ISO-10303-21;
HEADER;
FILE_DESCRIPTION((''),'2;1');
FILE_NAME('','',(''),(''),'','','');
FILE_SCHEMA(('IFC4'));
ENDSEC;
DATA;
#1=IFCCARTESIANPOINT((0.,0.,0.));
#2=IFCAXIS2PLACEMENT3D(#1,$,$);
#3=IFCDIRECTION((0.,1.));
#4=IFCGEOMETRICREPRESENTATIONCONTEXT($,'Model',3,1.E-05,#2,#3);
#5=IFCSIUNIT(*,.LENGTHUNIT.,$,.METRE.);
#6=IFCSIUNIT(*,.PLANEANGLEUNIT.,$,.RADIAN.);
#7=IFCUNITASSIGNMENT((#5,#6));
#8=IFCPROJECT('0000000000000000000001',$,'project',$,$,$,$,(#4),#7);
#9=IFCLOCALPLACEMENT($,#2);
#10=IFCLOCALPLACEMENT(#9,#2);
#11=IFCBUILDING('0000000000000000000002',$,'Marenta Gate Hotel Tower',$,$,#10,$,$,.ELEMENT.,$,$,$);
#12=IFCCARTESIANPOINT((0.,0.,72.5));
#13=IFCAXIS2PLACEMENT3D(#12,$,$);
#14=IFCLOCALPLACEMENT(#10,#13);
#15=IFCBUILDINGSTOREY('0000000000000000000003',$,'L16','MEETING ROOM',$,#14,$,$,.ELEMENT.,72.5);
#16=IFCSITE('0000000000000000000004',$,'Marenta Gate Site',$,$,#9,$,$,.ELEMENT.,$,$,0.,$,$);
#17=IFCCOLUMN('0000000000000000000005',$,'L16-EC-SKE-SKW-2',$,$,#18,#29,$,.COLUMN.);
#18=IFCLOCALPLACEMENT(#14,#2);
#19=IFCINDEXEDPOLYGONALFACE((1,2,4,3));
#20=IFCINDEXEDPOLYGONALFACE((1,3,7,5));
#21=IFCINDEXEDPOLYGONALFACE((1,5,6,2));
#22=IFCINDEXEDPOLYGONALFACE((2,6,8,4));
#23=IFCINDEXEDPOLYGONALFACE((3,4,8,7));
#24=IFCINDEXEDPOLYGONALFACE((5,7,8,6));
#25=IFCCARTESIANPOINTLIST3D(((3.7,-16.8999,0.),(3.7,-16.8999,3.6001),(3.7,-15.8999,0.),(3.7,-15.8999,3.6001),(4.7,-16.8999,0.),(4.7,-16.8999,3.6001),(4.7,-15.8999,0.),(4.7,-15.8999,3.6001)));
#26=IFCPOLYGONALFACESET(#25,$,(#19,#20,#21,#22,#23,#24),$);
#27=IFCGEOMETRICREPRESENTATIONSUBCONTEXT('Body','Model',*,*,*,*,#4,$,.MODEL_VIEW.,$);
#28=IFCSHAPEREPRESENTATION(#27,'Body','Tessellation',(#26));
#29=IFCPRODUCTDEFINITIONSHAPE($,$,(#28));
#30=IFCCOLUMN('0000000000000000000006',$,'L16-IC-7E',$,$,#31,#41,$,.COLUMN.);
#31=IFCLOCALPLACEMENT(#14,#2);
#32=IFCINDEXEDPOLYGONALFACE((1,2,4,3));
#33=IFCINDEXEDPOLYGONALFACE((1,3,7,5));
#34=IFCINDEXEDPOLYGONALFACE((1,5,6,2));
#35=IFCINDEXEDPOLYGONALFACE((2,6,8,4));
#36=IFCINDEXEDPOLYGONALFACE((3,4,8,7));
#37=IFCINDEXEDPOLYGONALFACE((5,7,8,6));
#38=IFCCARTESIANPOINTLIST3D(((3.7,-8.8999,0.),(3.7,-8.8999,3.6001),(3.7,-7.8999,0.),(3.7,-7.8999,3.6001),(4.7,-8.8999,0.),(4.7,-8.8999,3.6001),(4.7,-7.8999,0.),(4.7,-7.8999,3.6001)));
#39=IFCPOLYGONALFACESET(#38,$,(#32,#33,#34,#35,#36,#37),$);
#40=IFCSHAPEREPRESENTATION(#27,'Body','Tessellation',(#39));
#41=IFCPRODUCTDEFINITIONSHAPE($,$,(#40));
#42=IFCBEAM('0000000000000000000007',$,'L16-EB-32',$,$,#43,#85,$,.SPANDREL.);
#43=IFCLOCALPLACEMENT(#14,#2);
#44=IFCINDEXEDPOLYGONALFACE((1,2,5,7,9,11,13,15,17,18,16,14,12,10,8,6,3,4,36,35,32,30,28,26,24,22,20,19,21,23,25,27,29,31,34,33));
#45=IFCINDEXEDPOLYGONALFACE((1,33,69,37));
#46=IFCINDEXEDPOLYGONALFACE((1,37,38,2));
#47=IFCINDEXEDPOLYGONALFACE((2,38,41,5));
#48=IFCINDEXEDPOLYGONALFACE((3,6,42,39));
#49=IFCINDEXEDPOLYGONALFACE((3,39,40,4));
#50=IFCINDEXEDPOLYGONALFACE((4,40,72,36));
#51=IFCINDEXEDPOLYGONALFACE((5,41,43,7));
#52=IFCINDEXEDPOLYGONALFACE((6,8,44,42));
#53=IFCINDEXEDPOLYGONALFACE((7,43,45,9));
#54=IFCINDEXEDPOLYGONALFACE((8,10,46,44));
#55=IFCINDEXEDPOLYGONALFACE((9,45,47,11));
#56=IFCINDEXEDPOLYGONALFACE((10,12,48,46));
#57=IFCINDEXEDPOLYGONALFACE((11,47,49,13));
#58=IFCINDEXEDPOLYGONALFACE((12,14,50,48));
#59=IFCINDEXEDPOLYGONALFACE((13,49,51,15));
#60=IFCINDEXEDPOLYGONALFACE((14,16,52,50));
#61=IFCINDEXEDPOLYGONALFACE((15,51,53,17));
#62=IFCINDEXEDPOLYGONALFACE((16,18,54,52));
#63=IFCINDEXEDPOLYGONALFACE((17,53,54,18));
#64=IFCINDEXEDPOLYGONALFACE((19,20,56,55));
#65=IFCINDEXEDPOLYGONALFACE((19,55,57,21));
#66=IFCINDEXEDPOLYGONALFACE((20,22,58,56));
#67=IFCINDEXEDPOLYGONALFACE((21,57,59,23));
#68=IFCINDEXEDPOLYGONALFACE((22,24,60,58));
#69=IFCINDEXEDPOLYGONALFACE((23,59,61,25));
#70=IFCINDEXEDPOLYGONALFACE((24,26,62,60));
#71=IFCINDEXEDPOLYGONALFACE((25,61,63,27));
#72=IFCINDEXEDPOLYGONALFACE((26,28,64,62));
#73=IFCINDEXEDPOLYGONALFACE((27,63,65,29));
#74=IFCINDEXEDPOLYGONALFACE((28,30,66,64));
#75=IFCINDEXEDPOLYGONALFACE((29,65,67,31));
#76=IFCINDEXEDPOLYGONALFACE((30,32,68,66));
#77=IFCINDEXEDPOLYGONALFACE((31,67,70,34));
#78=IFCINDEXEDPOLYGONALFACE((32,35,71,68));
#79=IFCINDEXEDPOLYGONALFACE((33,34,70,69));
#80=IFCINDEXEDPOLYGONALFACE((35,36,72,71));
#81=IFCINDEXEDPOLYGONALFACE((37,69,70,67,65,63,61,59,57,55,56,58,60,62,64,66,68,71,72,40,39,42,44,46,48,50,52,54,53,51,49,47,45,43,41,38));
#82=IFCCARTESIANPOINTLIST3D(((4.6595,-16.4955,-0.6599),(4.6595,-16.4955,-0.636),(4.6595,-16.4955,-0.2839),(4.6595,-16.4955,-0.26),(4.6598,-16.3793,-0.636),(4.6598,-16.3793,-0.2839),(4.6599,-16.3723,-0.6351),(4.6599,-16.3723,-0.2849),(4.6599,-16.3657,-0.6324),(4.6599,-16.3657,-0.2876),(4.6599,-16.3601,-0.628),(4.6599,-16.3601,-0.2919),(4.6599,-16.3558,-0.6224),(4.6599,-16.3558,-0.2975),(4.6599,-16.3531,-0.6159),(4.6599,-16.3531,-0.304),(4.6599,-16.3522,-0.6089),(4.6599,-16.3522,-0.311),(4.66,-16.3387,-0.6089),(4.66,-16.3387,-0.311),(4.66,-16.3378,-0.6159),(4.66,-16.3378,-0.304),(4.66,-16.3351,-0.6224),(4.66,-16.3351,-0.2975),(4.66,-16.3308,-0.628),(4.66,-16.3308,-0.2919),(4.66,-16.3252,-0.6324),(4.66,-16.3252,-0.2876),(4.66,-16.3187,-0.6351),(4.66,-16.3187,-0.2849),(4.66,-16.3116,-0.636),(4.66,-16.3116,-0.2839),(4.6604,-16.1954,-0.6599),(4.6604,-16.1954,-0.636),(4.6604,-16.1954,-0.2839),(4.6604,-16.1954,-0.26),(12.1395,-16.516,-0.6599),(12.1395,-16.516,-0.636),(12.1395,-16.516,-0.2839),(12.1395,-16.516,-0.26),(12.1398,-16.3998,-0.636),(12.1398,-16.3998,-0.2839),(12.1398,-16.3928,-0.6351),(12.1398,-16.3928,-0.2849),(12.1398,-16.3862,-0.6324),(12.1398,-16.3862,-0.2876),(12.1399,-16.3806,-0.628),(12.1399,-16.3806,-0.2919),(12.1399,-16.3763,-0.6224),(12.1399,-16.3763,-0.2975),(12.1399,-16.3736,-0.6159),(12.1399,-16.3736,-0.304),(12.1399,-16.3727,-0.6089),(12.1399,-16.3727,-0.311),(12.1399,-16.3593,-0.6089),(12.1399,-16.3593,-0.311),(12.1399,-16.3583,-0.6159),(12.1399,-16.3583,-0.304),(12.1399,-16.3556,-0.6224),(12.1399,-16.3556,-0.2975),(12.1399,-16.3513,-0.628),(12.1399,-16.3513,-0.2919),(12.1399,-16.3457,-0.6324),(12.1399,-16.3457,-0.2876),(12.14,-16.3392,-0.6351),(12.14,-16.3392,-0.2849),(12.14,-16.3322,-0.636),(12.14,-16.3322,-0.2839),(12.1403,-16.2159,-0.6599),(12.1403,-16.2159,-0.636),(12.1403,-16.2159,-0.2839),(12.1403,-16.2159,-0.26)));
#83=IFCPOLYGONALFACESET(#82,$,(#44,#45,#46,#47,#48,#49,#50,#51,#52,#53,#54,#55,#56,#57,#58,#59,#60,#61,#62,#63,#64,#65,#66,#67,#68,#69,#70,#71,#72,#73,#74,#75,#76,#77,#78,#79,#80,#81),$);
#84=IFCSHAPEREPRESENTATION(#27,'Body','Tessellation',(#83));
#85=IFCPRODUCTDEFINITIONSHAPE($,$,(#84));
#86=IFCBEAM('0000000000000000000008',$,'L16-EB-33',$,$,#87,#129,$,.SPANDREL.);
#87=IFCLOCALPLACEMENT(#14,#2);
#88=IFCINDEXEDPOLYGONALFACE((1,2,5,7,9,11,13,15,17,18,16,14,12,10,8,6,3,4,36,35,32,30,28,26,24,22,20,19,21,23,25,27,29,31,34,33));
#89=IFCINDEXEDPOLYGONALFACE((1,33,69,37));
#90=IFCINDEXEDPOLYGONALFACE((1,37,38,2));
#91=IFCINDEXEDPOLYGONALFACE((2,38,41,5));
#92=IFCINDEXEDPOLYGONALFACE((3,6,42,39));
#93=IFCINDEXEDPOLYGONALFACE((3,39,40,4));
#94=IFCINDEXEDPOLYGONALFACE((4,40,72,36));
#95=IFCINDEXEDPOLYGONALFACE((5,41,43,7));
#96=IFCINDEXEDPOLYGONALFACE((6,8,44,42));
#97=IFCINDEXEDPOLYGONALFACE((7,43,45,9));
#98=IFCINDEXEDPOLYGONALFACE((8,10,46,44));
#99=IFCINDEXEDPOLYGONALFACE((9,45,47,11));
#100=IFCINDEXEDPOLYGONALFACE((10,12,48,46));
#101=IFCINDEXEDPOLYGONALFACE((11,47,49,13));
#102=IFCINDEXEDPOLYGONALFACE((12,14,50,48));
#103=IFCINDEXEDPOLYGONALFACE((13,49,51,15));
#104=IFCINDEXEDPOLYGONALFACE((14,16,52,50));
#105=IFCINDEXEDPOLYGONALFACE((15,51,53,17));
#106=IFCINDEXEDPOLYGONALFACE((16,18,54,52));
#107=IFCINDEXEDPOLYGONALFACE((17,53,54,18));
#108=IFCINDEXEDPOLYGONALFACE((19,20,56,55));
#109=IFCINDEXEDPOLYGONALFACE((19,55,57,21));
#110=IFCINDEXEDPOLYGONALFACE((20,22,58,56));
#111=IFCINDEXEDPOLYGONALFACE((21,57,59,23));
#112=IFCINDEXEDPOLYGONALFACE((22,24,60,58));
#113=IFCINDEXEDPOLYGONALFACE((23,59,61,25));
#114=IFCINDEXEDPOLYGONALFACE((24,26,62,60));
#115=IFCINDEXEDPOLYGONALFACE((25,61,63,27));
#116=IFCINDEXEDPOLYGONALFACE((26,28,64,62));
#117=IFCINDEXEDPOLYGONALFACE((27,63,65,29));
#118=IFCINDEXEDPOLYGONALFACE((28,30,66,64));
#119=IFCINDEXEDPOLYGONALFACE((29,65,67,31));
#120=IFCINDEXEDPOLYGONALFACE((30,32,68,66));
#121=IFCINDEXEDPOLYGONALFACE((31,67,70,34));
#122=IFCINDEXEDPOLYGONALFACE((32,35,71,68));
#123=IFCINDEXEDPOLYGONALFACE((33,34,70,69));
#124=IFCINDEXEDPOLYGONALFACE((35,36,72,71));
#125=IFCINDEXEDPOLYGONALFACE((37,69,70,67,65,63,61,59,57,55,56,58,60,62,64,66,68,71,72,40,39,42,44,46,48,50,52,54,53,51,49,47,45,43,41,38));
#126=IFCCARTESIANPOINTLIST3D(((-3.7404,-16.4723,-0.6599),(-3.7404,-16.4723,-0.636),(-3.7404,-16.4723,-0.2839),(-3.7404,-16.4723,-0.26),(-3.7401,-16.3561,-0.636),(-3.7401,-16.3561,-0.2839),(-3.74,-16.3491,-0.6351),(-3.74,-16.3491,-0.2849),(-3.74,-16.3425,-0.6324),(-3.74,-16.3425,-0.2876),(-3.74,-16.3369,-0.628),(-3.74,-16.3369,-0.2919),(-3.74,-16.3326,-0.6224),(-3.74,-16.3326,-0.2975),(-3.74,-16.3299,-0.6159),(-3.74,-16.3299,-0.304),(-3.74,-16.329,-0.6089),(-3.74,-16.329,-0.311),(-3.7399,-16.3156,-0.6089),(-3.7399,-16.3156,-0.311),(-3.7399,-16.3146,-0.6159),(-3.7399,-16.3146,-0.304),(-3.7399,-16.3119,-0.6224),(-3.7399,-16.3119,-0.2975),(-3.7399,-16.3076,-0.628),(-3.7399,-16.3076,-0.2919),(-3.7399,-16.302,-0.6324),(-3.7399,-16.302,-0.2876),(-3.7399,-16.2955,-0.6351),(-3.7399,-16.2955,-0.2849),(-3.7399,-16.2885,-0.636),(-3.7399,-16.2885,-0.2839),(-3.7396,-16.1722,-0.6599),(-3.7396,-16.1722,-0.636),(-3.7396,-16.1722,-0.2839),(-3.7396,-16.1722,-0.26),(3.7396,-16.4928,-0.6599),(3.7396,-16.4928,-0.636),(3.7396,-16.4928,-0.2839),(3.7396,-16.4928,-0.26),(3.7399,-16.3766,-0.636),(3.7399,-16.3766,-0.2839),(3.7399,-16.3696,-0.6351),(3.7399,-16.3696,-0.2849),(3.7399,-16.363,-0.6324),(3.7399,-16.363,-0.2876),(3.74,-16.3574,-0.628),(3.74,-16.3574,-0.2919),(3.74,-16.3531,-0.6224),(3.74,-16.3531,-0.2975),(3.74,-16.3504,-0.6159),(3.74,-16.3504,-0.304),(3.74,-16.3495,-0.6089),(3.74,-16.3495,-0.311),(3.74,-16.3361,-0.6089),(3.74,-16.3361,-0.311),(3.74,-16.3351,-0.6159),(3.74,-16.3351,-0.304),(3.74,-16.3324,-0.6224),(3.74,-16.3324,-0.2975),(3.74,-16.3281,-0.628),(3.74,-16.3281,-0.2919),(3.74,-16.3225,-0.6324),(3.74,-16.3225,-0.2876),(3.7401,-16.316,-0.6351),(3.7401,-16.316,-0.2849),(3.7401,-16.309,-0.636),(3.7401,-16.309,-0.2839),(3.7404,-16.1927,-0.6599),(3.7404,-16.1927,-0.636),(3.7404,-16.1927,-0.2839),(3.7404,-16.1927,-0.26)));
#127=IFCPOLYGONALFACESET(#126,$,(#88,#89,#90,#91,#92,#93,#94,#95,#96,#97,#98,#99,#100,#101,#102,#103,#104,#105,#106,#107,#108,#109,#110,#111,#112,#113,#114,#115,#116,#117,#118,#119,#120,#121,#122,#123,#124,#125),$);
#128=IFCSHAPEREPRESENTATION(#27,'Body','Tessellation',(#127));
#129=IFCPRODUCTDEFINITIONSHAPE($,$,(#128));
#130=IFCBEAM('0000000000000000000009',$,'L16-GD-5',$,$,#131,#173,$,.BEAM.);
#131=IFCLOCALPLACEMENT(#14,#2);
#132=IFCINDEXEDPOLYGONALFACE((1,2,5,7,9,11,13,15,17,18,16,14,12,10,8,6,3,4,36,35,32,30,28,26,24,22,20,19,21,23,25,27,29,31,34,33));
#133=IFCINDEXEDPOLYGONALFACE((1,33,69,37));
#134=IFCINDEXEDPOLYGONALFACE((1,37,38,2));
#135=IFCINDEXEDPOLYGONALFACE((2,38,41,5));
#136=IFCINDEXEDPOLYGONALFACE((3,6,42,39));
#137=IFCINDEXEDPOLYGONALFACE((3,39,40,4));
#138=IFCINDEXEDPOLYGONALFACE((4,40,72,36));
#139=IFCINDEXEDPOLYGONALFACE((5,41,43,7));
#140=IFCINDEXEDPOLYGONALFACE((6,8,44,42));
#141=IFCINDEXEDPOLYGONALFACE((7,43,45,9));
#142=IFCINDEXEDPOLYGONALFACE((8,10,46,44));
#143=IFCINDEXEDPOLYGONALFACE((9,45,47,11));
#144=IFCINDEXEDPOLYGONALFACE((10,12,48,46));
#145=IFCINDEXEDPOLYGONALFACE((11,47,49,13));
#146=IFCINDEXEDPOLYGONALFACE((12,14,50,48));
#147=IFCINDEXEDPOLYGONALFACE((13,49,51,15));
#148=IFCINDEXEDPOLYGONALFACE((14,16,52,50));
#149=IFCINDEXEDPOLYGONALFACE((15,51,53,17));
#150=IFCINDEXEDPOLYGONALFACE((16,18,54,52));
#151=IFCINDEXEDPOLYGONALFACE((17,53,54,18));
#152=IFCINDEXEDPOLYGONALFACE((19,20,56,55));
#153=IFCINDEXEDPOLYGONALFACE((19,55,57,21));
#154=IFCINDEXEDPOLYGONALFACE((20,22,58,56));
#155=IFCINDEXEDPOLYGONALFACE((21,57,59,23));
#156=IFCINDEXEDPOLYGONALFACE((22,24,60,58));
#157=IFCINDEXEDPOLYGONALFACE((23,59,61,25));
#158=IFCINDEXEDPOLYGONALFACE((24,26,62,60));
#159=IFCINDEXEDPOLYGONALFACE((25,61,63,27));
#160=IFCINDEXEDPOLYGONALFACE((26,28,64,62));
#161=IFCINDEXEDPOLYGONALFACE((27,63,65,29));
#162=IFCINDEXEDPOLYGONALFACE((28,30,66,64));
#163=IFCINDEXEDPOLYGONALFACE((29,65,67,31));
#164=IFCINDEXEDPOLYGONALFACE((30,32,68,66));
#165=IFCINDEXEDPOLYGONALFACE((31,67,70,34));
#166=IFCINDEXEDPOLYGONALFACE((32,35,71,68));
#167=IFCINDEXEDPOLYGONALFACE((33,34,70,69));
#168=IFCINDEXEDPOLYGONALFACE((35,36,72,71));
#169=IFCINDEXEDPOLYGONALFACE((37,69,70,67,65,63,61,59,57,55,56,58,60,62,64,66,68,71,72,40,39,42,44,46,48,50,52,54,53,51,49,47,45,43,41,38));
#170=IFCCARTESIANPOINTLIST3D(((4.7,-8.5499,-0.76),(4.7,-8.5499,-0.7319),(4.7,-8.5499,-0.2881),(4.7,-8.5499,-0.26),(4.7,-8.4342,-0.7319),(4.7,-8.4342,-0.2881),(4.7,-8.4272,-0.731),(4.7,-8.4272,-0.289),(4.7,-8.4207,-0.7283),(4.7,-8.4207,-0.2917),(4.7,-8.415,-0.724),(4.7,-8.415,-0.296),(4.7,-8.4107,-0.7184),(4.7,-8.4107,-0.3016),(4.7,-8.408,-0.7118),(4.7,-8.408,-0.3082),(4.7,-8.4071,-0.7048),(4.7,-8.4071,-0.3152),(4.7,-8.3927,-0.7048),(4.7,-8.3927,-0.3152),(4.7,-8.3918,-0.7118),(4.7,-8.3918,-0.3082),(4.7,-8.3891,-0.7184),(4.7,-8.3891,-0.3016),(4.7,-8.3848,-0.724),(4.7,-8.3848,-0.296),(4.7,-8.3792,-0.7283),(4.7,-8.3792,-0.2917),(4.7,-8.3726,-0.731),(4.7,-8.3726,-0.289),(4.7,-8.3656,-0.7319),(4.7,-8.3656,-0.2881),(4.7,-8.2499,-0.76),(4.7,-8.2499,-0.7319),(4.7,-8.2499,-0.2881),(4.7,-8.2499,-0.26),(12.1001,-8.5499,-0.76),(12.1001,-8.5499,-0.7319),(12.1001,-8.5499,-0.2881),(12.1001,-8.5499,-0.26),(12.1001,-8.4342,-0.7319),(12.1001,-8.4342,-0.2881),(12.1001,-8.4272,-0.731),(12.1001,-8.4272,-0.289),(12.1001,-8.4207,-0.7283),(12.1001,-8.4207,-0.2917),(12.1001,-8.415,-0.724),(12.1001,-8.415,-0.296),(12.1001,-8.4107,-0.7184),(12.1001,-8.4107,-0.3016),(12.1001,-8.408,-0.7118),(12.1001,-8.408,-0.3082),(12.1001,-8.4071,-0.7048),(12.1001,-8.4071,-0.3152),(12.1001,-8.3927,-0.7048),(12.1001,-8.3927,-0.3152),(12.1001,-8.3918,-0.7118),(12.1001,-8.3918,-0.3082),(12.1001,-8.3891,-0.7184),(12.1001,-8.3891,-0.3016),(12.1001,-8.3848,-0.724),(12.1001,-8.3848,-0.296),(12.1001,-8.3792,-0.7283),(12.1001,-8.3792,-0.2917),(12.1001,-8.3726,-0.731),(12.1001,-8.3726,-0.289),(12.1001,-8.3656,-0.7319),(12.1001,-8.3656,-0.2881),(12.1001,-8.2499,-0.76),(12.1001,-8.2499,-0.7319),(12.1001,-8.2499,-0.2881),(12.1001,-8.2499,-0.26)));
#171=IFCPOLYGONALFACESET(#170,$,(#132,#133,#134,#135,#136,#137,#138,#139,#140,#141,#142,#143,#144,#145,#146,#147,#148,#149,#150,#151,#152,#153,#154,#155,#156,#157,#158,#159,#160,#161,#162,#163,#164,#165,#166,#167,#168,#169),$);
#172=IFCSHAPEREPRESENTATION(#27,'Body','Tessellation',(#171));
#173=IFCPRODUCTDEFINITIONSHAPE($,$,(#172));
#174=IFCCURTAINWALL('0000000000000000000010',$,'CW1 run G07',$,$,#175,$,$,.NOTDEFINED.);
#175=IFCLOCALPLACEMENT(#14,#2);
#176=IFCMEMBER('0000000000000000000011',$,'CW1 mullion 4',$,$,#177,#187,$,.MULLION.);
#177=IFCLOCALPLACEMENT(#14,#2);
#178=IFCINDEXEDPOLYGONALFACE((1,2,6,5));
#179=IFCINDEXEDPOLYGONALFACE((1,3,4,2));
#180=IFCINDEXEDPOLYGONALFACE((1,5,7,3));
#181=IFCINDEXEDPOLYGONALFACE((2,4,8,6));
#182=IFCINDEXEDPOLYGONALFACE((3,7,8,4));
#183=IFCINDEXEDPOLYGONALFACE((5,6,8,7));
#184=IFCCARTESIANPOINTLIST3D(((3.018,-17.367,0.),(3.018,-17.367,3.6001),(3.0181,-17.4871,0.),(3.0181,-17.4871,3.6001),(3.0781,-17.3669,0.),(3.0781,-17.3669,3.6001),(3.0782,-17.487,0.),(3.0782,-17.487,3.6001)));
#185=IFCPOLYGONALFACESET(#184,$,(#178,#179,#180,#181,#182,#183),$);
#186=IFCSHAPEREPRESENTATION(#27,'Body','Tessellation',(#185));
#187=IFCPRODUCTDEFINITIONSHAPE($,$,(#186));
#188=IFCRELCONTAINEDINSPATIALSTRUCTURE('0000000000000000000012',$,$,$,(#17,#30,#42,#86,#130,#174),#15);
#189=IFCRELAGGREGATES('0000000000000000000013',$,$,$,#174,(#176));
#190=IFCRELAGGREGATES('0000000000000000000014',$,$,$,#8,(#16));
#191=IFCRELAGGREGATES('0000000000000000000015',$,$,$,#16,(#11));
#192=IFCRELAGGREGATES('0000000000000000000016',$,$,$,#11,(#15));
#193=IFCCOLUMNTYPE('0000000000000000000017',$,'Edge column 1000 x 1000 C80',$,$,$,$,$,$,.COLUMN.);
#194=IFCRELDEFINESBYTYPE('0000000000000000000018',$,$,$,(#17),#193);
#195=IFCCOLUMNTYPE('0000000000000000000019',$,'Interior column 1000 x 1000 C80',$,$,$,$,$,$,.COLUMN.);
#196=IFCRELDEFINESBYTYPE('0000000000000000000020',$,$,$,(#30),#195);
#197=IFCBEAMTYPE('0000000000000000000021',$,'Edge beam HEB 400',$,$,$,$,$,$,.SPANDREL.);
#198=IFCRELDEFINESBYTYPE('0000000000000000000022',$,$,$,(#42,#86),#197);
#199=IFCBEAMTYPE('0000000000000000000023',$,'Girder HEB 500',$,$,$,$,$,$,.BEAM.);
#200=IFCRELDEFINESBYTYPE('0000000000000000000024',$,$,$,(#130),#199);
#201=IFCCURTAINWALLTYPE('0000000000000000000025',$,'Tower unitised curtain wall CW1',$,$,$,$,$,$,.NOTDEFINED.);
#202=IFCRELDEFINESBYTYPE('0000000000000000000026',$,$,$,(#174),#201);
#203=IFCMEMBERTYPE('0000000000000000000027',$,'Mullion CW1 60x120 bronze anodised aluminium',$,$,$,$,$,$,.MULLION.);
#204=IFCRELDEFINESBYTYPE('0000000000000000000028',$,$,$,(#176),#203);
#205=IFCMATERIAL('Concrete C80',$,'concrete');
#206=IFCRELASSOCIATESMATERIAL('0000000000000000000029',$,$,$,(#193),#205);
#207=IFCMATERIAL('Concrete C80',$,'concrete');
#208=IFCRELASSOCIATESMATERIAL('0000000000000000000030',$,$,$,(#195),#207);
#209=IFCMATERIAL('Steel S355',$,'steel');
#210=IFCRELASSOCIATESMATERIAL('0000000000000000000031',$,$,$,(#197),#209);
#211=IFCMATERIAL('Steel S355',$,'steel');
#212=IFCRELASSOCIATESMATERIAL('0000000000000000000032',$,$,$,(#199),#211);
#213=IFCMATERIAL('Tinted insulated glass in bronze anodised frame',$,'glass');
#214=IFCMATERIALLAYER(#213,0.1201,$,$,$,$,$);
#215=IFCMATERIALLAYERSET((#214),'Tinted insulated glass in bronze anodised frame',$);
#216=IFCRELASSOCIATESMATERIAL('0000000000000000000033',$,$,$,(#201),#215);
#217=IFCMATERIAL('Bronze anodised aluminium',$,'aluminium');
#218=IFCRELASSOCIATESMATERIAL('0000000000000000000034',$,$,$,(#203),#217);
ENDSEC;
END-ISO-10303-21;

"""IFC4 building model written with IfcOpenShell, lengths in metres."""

from ifc_helpers import new_model, si_unit, direction, frame, origin, origin_2d, place, context, subcontext, project, spatial, rectangle, i_section, extrude, material, layer, layer_set, material_profile, profile_set, type_object, element, aggregate, save


model = new_model("IFC4")

# Units and contexts
model_context = context("Model", 3, precision=1e-05, world=origin(), true_north=direction((0.0, 1.0)))
body_context = subcontext(model_context, "Body", "Model", "MODEL_VIEW")
ifc_project = project(units=[si_unit("LENGTHUNIT", "METRE"), si_unit("PLANEANGLEUNIT", "RADIAN")], contexts=[model_context])

# Site, building, storey
site_placement = place(None, origin())
site = spatial("IfcSite", under=ifc_project, at=site_placement, Name="Marenta Gate Site", CompositionType="ELEMENT", RefElevation=0.0)
building_placement = place(site_placement, origin())
building = spatial("IfcBuilding", under=site, at=building_placement, Name="Marenta Gate Hotel Tower", CompositionType="ELEMENT")
storey_placement = place(building_placement, frame((0.0, 0.0, 72.5)))
storey = spatial("IfcBuildingStorey", under=building, at=storey_placement, Name="L16", Description="MEETING ROOM", CompositionType="ELEMENT", Elevation=72.5)

# Columns
ifc_material_1 = material(Name="Concrete C80", Category="concrete")
ifc_material_profile_1 = material_profile(ifc_material_1, rectangle(XDim=1.0, YDim=1.0, at=origin_2d()), Name="1000 x 1000")
ifc_profile_set_1 = profile_set([ifc_material_profile_1], Name="Concrete C80")
column_type_1 = type_object("IfcColumnType", Name="Edge column 1000 x 1000 C80", PredefinedType="COLUMN", material=ifc_profile_set_1)
column_1_placement = place(storey_placement, frame((4.2, -16.3999, 0.0), z_axis=(0.0, 0.0, 1.0), x_axis=(1.0, 0.0, 0.0)))
element("IfcColumn", 1, at=column_1_placement, inside=storey, type_object=column_type_1, Name="L16-EC-SKE-SKW-2", PredefinedType="COLUMN", context=body_context, shape_type="SweptSolid", body=[
    extrude(rectangle(XDim=1.0, YDim=1.0, at=origin_2d()), origin(), (0.0, 0.0, 1.0), 3.6001),
])
ifc_material_2 = material(Name="Concrete C80", Category="concrete")
ifc_material_profile_2 = material_profile(ifc_material_2, rectangle(XDim=1.0, YDim=1.0, at=origin_2d()), Name="1000 x 1000")
ifc_profile_set_2 = profile_set([ifc_material_profile_2], Name="Concrete C80")
column_type_2 = type_object("IfcColumnType", Name="Interior column 1000 x 1000 C80", PredefinedType="COLUMN", material=ifc_profile_set_2)
column_2_placement = place(storey_placement, frame((4.2, -8.3999, 0.0), z_axis=(0.0, 0.0, 1.0), x_axis=(1.0, 0.0, 0.0)))
element("IfcColumn", 2, at=column_2_placement, inside=storey, type_object=column_type_2, Name="L16-IC-7E", PredefinedType="COLUMN", context=body_context, shape_type="SweptSolid", body=[
    extrude(rectangle(XDim=1.0, YDim=1.0, at=origin_2d()), origin(), (0.0, 0.0, 1.0), 3.6001),
])

# Beams
ifc_material_3 = material(Name="Steel S355", Category="steel")
ifc_material_profile_3 = material_profile(ifc_material_3, i_section(OverallWidth=0.3, OverallDepth=0.3999, WebThickness=0.0134, FlangeThickness=0.0239, FilletRadius=0.0271, at=origin_2d()), Name="HEB 400")
ifc_profile_set_3 = profile_set([ifc_material_profile_3], Name="Steel S355")
beam_type_1 = type_object("IfcBeamType", Name="Edge beam HEB 400", PredefinedType="SPANDREL", material=ifc_profile_set_3)
for number, where, z_axis, x_axis, name in (
    (3, (12.1399, -16.366, -0.46), (-0.999996, 0.002742, 0.0), (-0.002742, -0.999996, 0.0), "L16-EB-32"),
    (4, (3.74, -16.3428, -0.46), (-0.999996, 0.002742, 0.0), (-0.002742, -0.999996, 0.0), "L16-EB-33"),
):
    element("IfcBeam", number, at=place(storey_placement, frame(where, z_axis=z_axis, x_axis=x_axis)), inside=storey, type_object=beam_type_1, Name=name, PredefinedType="SPANDREL", context=body_context, shape_type="SweptSolid", body=[
        extrude(i_section(OverallWidth=0.3, OverallDepth=0.3999, WebThickness=0.0134, FlangeThickness=0.0239, FilletRadius=0.0271, at=origin_2d()), origin(), (0.0, 0.0, 1.0), 7.48),
    ])
ifc_material_4 = material(Name="Steel S355", Category="steel")
ifc_material_profile_4 = material_profile(ifc_material_4, i_section(OverallWidth=0.3, OverallDepth=0.5, WebThickness=0.0144, FlangeThickness=0.0281, FilletRadius=0.0271, at=origin_2d()), Name="HEB 500")
ifc_profile_set_4 = profile_set([ifc_material_profile_4], Name="Steel S355")
beam_type_2 = type_object("IfcBeamType", Name="Girder HEB 500", PredefinedType="BEAM", material=ifc_profile_set_4)
beam_placement = place(storey_placement, frame((4.7, -8.3999, -0.51), z_axis=(1.0, 0.0, 0.0), x_axis=(0.0, 1.0, 0.0)))
element("IfcBeam", 5, at=beam_placement, inside=storey, type_object=beam_type_2, Name="L16-GD-5", PredefinedType="BEAM", context=body_context, shape_type="SweptSolid", body=[
    extrude(i_section(OverallWidth=0.3, OverallDepth=0.5, WebThickness=0.0144, FlangeThickness=0.0281, FilletRadius=0.0271, at=origin_2d()), origin(), (0.0, 0.0, 1.0), 7.4001),
])

# Curtain wall, member
ifc_material_5 = material(Name="Tinted insulated glass in bronze anodised frame", Category="glass")
ifc_layer_1 = layer(ifc_material_5, 0.1201)
ifc_layer_set_1 = layer_set([ifc_layer_1], Name="Tinted insulated glass in bronze anodised frame")
curtain_wall_type = type_object("IfcCurtainWallType", Name="Tower unitised curtain wall CW1", PredefinedType="NOTDEFINED", material=ifc_layer_set_1)
curtain_wall_placement = place(storey_placement, origin())
curtain_wall = element("IfcCurtainWall", 6, at=curtain_wall_placement, inside=storey, type_object=curtain_wall_type, Name="CW1 run G07", PredefinedType="NOTDEFINED")
ifc_material_6 = material(Name="Bronze anodised aluminium", Category="aluminium")
ifc_material_profile_5 = material_profile(ifc_material_6, rectangle(XDim=0.1201, YDim=0.0601, at=origin_2d()), Name="Mullion CW1 60x120 bronze anodised aluminium")
ifc_profile_set_5 = profile_set([ifc_material_profile_5], Name="Bronze anodised aluminium")
member_type_1 = type_object("IfcMemberType", Name="Mullion CW1 60x120 bronze anodised aluminium", PredefinedType="MULLION", material=ifc_profile_set_5)
member_1_placement = place(storey_placement, frame((3.0481, -17.427, 0.0), z_axis=(0.0, 0.0, 1.0), x_axis=(-0.001162, 0.999999, 0.0)))
member_1 = element("IfcMember", 7, at=member_1_placement, type_object=member_type_1, Name="CW1 mullion 4", PredefinedType="MULLION", context=body_context, shape_type="SweptSolid", body=[
    extrude(rectangle(XDim=0.1201, YDim=0.0601, at=origin_2d()), origin(), (0.0, 0.0, 1.0), 3.6001),
])
aggregate(curtain_wall, [member_1])

save(model, "model.ifc")
